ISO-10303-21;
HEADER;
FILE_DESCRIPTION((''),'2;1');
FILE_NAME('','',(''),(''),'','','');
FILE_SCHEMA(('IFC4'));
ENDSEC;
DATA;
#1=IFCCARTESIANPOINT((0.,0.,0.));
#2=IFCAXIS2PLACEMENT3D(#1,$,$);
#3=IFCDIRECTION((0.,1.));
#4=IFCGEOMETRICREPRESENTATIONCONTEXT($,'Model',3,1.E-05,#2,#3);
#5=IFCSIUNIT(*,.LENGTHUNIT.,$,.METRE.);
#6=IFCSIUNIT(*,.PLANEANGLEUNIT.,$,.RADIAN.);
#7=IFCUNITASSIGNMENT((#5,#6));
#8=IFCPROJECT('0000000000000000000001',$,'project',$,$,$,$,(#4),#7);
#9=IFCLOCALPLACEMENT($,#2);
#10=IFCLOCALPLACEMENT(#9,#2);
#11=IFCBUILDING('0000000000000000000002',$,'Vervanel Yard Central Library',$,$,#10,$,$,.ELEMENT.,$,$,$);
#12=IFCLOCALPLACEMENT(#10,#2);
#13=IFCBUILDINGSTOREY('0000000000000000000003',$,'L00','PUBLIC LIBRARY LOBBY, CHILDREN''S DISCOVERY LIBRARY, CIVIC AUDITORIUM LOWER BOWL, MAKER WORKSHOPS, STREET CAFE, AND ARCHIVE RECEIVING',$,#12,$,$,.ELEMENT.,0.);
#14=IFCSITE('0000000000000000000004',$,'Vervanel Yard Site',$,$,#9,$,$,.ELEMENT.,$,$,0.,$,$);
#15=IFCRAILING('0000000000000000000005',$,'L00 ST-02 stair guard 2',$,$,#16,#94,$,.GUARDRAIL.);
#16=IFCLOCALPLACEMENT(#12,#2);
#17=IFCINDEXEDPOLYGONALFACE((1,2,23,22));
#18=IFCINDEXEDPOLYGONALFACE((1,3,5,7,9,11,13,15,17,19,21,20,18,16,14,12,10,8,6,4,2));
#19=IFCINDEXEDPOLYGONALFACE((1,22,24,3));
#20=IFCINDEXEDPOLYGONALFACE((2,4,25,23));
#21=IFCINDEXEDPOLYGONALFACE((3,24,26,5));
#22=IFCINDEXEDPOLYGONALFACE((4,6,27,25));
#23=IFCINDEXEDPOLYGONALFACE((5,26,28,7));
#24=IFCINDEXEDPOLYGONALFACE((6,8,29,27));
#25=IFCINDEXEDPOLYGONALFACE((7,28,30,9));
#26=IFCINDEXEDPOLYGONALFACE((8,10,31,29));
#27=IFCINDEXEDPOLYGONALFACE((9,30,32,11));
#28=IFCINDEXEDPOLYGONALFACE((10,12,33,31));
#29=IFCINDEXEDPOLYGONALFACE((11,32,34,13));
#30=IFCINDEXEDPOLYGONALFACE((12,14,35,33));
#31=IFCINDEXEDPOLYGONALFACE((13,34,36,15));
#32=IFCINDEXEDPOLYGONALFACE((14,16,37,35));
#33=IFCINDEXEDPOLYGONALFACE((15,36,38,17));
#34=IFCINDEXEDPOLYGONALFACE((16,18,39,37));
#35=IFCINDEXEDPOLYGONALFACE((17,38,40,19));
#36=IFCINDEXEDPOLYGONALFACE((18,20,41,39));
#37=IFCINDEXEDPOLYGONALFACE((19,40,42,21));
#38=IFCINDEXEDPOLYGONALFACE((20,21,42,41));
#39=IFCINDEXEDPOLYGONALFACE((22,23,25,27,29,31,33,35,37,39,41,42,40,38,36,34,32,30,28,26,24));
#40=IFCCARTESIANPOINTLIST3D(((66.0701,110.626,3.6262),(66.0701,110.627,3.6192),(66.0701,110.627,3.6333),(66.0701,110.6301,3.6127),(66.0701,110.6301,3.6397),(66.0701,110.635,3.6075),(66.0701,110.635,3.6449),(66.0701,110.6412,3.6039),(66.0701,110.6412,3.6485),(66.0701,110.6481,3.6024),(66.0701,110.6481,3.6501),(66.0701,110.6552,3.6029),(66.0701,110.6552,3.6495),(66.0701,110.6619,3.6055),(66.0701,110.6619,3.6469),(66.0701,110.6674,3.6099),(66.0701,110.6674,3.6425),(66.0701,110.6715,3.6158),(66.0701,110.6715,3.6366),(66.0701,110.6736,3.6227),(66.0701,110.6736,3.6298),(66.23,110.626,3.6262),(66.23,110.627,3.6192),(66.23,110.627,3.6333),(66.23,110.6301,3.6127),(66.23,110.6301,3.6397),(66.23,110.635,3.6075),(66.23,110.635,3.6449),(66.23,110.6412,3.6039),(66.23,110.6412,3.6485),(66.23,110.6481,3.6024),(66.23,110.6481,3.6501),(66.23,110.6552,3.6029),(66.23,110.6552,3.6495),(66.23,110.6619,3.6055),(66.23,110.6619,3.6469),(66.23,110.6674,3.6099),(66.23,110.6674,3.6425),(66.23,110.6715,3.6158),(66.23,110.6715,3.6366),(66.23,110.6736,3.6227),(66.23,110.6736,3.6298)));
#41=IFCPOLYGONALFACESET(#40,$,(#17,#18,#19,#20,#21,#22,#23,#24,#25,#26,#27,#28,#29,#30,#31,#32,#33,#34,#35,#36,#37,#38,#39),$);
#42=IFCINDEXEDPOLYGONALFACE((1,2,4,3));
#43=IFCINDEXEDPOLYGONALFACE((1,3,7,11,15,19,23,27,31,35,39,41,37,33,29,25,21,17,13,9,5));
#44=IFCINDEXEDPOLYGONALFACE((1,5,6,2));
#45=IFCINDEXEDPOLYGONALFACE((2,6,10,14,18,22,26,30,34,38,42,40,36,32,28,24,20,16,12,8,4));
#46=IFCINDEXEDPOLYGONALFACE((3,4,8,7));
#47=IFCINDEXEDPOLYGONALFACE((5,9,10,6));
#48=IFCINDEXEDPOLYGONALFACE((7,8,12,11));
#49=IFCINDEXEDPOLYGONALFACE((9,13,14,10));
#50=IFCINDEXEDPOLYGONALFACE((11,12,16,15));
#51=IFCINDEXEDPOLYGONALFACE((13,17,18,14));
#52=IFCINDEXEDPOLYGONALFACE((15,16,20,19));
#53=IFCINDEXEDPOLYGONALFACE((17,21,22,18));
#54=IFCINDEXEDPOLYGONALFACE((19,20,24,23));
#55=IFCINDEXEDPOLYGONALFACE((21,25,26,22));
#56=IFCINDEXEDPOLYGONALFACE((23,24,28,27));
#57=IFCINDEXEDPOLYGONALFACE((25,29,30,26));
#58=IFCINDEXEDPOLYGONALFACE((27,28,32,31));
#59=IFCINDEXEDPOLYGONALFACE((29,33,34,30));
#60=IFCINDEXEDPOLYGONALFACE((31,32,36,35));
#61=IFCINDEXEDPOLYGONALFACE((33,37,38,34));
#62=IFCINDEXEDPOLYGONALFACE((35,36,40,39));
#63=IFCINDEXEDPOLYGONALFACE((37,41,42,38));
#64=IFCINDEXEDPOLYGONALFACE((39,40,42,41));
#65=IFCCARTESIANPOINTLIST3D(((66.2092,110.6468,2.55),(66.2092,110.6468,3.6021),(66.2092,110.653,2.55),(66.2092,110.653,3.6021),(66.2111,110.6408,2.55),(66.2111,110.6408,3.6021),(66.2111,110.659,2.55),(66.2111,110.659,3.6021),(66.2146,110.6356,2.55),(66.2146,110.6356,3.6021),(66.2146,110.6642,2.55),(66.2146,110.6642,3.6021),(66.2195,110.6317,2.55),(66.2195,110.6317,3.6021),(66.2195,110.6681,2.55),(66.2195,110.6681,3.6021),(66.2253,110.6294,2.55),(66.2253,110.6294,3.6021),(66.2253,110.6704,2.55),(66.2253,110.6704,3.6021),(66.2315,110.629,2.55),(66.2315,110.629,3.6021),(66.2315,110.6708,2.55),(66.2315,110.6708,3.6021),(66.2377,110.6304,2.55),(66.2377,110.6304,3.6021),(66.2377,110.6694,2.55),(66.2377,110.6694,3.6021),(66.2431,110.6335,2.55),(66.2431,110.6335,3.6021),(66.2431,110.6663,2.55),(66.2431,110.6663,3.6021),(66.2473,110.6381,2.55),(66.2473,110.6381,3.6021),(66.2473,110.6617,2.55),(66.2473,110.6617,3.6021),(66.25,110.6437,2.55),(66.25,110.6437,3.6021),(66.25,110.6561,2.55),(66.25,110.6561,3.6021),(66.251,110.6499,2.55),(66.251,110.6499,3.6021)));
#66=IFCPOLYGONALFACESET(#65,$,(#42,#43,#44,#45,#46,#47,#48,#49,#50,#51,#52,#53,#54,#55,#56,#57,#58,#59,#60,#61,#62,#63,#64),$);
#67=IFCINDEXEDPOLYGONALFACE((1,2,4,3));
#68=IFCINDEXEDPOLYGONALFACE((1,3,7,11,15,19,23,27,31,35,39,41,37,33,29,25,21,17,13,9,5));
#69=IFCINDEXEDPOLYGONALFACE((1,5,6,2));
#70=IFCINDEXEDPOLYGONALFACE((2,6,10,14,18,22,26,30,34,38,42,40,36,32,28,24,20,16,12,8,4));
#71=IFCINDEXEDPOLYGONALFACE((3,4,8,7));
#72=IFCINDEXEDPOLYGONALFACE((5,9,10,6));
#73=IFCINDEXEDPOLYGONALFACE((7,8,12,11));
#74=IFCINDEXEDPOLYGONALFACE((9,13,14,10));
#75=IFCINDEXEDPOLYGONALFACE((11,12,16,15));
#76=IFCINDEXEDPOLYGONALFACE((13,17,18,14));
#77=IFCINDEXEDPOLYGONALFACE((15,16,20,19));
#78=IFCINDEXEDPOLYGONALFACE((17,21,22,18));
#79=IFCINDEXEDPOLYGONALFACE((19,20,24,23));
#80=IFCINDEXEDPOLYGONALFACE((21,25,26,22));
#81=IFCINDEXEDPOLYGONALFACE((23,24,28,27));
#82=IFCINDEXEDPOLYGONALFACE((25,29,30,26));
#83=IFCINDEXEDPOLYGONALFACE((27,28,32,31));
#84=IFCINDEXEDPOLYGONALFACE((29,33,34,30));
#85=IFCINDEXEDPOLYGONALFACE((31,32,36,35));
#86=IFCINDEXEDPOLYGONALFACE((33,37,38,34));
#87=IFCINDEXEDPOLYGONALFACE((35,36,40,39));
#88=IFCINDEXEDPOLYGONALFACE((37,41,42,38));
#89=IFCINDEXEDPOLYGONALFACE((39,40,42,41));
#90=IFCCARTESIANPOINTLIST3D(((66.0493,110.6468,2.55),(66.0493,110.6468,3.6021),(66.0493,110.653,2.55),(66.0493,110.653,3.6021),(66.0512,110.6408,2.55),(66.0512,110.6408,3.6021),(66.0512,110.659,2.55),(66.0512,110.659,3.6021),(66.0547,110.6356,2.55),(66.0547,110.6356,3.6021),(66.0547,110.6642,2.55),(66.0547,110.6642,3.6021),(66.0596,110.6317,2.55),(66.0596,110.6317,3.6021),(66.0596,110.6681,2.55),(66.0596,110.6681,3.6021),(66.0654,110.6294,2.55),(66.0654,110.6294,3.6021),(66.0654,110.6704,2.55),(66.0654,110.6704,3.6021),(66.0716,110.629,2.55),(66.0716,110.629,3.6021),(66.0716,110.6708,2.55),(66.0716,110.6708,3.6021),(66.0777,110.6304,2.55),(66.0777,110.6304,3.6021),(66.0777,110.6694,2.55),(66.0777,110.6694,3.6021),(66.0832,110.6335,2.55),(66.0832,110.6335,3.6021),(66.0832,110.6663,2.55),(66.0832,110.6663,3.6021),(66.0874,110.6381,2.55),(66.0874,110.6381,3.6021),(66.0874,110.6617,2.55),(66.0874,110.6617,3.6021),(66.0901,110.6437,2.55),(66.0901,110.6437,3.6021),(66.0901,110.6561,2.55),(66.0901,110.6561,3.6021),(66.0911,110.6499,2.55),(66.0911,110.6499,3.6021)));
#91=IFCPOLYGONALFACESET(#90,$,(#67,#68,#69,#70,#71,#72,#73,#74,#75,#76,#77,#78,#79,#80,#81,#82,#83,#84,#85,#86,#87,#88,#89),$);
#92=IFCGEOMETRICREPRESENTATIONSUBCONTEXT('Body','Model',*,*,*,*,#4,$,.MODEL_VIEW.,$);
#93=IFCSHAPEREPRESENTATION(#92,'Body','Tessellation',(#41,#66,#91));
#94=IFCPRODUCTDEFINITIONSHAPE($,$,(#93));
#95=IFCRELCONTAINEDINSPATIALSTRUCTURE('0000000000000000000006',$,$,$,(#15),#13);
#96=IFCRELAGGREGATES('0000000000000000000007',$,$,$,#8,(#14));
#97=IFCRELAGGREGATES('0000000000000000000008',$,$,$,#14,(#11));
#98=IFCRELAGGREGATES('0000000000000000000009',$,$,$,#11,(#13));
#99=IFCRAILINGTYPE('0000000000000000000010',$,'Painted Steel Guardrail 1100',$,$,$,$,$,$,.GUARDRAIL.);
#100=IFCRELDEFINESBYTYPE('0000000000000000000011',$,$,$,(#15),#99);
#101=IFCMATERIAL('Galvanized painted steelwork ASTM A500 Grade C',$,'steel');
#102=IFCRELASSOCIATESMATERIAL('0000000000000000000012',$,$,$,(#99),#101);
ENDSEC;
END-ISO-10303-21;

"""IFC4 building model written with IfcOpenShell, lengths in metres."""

from ifc_helpers import new_model, si_unit, direction, frame, origin, origin_2d, place, context, subcontext, project, spatial, circle, extrude, material, type_object, element, save


model = new_model("IFC4")

# Units and contexts
model_context = context("Model", 3, precision=1e-05, world=origin(), true_north=direction((0.0, 1.0)))
body_context = subcontext(model_context, "Body", "Model", "MODEL_VIEW")
ifc_project = project(units=[si_unit("LENGTHUNIT", "METRE"), si_unit("PLANEANGLEUNIT", "RADIAN")], contexts=[model_context])

# Site, building, storey
site_placement = place(None, origin())
site = spatial("IfcSite", under=ifc_project, at=site_placement, Name="Vervanel Yard Site", CompositionType="ELEMENT", RefElevation=0.0)
building_placement = place(site_placement, origin())
building = spatial("IfcBuilding", under=site, at=building_placement, Name="Vervanel Yard Central Library", CompositionType="ELEMENT")
storey_placement = place(building_placement, origin())
storey = spatial("IfcBuildingStorey", under=building, at=storey_placement, Name="L00", Description="PUBLIC LIBRARY LOBBY, CHILDREN'S DISCOVERY LIBRARY, CIVIC AUDITORIUM LOWER BOWL, MAKER WORKSHOPS, STREET CAFE, AND ARCHIVE RECEIVING", CompositionType="ELEMENT", Elevation=0.0)

# Railing
ifc_material_1 = material(Name="Galvanized painted steelwork ASTM A500 Grade C", Category="steel")
railing_type_1 = type_object("IfcRailingType", Name="Painted Steel Guardrail 1100", PredefinedType="GUARDRAIL", material=ifc_material_1)
railing_1_placement = place(storey_placement, frame((66.23, 110.6499, 2.55)))
element("IfcRailing", 1, at=railing_1_placement, inside=storey, type_object=railing_type_1, Name="L00 ST-02 stair guard 2", PredefinedType="GUARDRAIL", context=body_context, shape_type="SweptSolid", body=[
    extrude(circle(Radius=0.0239, at=origin_2d()), frame((0.0, 0.0, 1.0762), z_axis=(-1.0, 0.0, 0.0), x_axis=(0.0, -1.0, 0.0)), (0.0, 0.0, 1.0), 0.1599),
    extrude(circle(Radius=0.021, at=origin_2d()), origin(), (0.0, 0.0, 1.0), 1.052),
    extrude(circle(Radius=0.021, at=origin_2d()), frame((-0.1599, 0.0, 0.0)), (0.0, 0.0, 1.0), 1.052),
])

save(model, "model.ifc")
